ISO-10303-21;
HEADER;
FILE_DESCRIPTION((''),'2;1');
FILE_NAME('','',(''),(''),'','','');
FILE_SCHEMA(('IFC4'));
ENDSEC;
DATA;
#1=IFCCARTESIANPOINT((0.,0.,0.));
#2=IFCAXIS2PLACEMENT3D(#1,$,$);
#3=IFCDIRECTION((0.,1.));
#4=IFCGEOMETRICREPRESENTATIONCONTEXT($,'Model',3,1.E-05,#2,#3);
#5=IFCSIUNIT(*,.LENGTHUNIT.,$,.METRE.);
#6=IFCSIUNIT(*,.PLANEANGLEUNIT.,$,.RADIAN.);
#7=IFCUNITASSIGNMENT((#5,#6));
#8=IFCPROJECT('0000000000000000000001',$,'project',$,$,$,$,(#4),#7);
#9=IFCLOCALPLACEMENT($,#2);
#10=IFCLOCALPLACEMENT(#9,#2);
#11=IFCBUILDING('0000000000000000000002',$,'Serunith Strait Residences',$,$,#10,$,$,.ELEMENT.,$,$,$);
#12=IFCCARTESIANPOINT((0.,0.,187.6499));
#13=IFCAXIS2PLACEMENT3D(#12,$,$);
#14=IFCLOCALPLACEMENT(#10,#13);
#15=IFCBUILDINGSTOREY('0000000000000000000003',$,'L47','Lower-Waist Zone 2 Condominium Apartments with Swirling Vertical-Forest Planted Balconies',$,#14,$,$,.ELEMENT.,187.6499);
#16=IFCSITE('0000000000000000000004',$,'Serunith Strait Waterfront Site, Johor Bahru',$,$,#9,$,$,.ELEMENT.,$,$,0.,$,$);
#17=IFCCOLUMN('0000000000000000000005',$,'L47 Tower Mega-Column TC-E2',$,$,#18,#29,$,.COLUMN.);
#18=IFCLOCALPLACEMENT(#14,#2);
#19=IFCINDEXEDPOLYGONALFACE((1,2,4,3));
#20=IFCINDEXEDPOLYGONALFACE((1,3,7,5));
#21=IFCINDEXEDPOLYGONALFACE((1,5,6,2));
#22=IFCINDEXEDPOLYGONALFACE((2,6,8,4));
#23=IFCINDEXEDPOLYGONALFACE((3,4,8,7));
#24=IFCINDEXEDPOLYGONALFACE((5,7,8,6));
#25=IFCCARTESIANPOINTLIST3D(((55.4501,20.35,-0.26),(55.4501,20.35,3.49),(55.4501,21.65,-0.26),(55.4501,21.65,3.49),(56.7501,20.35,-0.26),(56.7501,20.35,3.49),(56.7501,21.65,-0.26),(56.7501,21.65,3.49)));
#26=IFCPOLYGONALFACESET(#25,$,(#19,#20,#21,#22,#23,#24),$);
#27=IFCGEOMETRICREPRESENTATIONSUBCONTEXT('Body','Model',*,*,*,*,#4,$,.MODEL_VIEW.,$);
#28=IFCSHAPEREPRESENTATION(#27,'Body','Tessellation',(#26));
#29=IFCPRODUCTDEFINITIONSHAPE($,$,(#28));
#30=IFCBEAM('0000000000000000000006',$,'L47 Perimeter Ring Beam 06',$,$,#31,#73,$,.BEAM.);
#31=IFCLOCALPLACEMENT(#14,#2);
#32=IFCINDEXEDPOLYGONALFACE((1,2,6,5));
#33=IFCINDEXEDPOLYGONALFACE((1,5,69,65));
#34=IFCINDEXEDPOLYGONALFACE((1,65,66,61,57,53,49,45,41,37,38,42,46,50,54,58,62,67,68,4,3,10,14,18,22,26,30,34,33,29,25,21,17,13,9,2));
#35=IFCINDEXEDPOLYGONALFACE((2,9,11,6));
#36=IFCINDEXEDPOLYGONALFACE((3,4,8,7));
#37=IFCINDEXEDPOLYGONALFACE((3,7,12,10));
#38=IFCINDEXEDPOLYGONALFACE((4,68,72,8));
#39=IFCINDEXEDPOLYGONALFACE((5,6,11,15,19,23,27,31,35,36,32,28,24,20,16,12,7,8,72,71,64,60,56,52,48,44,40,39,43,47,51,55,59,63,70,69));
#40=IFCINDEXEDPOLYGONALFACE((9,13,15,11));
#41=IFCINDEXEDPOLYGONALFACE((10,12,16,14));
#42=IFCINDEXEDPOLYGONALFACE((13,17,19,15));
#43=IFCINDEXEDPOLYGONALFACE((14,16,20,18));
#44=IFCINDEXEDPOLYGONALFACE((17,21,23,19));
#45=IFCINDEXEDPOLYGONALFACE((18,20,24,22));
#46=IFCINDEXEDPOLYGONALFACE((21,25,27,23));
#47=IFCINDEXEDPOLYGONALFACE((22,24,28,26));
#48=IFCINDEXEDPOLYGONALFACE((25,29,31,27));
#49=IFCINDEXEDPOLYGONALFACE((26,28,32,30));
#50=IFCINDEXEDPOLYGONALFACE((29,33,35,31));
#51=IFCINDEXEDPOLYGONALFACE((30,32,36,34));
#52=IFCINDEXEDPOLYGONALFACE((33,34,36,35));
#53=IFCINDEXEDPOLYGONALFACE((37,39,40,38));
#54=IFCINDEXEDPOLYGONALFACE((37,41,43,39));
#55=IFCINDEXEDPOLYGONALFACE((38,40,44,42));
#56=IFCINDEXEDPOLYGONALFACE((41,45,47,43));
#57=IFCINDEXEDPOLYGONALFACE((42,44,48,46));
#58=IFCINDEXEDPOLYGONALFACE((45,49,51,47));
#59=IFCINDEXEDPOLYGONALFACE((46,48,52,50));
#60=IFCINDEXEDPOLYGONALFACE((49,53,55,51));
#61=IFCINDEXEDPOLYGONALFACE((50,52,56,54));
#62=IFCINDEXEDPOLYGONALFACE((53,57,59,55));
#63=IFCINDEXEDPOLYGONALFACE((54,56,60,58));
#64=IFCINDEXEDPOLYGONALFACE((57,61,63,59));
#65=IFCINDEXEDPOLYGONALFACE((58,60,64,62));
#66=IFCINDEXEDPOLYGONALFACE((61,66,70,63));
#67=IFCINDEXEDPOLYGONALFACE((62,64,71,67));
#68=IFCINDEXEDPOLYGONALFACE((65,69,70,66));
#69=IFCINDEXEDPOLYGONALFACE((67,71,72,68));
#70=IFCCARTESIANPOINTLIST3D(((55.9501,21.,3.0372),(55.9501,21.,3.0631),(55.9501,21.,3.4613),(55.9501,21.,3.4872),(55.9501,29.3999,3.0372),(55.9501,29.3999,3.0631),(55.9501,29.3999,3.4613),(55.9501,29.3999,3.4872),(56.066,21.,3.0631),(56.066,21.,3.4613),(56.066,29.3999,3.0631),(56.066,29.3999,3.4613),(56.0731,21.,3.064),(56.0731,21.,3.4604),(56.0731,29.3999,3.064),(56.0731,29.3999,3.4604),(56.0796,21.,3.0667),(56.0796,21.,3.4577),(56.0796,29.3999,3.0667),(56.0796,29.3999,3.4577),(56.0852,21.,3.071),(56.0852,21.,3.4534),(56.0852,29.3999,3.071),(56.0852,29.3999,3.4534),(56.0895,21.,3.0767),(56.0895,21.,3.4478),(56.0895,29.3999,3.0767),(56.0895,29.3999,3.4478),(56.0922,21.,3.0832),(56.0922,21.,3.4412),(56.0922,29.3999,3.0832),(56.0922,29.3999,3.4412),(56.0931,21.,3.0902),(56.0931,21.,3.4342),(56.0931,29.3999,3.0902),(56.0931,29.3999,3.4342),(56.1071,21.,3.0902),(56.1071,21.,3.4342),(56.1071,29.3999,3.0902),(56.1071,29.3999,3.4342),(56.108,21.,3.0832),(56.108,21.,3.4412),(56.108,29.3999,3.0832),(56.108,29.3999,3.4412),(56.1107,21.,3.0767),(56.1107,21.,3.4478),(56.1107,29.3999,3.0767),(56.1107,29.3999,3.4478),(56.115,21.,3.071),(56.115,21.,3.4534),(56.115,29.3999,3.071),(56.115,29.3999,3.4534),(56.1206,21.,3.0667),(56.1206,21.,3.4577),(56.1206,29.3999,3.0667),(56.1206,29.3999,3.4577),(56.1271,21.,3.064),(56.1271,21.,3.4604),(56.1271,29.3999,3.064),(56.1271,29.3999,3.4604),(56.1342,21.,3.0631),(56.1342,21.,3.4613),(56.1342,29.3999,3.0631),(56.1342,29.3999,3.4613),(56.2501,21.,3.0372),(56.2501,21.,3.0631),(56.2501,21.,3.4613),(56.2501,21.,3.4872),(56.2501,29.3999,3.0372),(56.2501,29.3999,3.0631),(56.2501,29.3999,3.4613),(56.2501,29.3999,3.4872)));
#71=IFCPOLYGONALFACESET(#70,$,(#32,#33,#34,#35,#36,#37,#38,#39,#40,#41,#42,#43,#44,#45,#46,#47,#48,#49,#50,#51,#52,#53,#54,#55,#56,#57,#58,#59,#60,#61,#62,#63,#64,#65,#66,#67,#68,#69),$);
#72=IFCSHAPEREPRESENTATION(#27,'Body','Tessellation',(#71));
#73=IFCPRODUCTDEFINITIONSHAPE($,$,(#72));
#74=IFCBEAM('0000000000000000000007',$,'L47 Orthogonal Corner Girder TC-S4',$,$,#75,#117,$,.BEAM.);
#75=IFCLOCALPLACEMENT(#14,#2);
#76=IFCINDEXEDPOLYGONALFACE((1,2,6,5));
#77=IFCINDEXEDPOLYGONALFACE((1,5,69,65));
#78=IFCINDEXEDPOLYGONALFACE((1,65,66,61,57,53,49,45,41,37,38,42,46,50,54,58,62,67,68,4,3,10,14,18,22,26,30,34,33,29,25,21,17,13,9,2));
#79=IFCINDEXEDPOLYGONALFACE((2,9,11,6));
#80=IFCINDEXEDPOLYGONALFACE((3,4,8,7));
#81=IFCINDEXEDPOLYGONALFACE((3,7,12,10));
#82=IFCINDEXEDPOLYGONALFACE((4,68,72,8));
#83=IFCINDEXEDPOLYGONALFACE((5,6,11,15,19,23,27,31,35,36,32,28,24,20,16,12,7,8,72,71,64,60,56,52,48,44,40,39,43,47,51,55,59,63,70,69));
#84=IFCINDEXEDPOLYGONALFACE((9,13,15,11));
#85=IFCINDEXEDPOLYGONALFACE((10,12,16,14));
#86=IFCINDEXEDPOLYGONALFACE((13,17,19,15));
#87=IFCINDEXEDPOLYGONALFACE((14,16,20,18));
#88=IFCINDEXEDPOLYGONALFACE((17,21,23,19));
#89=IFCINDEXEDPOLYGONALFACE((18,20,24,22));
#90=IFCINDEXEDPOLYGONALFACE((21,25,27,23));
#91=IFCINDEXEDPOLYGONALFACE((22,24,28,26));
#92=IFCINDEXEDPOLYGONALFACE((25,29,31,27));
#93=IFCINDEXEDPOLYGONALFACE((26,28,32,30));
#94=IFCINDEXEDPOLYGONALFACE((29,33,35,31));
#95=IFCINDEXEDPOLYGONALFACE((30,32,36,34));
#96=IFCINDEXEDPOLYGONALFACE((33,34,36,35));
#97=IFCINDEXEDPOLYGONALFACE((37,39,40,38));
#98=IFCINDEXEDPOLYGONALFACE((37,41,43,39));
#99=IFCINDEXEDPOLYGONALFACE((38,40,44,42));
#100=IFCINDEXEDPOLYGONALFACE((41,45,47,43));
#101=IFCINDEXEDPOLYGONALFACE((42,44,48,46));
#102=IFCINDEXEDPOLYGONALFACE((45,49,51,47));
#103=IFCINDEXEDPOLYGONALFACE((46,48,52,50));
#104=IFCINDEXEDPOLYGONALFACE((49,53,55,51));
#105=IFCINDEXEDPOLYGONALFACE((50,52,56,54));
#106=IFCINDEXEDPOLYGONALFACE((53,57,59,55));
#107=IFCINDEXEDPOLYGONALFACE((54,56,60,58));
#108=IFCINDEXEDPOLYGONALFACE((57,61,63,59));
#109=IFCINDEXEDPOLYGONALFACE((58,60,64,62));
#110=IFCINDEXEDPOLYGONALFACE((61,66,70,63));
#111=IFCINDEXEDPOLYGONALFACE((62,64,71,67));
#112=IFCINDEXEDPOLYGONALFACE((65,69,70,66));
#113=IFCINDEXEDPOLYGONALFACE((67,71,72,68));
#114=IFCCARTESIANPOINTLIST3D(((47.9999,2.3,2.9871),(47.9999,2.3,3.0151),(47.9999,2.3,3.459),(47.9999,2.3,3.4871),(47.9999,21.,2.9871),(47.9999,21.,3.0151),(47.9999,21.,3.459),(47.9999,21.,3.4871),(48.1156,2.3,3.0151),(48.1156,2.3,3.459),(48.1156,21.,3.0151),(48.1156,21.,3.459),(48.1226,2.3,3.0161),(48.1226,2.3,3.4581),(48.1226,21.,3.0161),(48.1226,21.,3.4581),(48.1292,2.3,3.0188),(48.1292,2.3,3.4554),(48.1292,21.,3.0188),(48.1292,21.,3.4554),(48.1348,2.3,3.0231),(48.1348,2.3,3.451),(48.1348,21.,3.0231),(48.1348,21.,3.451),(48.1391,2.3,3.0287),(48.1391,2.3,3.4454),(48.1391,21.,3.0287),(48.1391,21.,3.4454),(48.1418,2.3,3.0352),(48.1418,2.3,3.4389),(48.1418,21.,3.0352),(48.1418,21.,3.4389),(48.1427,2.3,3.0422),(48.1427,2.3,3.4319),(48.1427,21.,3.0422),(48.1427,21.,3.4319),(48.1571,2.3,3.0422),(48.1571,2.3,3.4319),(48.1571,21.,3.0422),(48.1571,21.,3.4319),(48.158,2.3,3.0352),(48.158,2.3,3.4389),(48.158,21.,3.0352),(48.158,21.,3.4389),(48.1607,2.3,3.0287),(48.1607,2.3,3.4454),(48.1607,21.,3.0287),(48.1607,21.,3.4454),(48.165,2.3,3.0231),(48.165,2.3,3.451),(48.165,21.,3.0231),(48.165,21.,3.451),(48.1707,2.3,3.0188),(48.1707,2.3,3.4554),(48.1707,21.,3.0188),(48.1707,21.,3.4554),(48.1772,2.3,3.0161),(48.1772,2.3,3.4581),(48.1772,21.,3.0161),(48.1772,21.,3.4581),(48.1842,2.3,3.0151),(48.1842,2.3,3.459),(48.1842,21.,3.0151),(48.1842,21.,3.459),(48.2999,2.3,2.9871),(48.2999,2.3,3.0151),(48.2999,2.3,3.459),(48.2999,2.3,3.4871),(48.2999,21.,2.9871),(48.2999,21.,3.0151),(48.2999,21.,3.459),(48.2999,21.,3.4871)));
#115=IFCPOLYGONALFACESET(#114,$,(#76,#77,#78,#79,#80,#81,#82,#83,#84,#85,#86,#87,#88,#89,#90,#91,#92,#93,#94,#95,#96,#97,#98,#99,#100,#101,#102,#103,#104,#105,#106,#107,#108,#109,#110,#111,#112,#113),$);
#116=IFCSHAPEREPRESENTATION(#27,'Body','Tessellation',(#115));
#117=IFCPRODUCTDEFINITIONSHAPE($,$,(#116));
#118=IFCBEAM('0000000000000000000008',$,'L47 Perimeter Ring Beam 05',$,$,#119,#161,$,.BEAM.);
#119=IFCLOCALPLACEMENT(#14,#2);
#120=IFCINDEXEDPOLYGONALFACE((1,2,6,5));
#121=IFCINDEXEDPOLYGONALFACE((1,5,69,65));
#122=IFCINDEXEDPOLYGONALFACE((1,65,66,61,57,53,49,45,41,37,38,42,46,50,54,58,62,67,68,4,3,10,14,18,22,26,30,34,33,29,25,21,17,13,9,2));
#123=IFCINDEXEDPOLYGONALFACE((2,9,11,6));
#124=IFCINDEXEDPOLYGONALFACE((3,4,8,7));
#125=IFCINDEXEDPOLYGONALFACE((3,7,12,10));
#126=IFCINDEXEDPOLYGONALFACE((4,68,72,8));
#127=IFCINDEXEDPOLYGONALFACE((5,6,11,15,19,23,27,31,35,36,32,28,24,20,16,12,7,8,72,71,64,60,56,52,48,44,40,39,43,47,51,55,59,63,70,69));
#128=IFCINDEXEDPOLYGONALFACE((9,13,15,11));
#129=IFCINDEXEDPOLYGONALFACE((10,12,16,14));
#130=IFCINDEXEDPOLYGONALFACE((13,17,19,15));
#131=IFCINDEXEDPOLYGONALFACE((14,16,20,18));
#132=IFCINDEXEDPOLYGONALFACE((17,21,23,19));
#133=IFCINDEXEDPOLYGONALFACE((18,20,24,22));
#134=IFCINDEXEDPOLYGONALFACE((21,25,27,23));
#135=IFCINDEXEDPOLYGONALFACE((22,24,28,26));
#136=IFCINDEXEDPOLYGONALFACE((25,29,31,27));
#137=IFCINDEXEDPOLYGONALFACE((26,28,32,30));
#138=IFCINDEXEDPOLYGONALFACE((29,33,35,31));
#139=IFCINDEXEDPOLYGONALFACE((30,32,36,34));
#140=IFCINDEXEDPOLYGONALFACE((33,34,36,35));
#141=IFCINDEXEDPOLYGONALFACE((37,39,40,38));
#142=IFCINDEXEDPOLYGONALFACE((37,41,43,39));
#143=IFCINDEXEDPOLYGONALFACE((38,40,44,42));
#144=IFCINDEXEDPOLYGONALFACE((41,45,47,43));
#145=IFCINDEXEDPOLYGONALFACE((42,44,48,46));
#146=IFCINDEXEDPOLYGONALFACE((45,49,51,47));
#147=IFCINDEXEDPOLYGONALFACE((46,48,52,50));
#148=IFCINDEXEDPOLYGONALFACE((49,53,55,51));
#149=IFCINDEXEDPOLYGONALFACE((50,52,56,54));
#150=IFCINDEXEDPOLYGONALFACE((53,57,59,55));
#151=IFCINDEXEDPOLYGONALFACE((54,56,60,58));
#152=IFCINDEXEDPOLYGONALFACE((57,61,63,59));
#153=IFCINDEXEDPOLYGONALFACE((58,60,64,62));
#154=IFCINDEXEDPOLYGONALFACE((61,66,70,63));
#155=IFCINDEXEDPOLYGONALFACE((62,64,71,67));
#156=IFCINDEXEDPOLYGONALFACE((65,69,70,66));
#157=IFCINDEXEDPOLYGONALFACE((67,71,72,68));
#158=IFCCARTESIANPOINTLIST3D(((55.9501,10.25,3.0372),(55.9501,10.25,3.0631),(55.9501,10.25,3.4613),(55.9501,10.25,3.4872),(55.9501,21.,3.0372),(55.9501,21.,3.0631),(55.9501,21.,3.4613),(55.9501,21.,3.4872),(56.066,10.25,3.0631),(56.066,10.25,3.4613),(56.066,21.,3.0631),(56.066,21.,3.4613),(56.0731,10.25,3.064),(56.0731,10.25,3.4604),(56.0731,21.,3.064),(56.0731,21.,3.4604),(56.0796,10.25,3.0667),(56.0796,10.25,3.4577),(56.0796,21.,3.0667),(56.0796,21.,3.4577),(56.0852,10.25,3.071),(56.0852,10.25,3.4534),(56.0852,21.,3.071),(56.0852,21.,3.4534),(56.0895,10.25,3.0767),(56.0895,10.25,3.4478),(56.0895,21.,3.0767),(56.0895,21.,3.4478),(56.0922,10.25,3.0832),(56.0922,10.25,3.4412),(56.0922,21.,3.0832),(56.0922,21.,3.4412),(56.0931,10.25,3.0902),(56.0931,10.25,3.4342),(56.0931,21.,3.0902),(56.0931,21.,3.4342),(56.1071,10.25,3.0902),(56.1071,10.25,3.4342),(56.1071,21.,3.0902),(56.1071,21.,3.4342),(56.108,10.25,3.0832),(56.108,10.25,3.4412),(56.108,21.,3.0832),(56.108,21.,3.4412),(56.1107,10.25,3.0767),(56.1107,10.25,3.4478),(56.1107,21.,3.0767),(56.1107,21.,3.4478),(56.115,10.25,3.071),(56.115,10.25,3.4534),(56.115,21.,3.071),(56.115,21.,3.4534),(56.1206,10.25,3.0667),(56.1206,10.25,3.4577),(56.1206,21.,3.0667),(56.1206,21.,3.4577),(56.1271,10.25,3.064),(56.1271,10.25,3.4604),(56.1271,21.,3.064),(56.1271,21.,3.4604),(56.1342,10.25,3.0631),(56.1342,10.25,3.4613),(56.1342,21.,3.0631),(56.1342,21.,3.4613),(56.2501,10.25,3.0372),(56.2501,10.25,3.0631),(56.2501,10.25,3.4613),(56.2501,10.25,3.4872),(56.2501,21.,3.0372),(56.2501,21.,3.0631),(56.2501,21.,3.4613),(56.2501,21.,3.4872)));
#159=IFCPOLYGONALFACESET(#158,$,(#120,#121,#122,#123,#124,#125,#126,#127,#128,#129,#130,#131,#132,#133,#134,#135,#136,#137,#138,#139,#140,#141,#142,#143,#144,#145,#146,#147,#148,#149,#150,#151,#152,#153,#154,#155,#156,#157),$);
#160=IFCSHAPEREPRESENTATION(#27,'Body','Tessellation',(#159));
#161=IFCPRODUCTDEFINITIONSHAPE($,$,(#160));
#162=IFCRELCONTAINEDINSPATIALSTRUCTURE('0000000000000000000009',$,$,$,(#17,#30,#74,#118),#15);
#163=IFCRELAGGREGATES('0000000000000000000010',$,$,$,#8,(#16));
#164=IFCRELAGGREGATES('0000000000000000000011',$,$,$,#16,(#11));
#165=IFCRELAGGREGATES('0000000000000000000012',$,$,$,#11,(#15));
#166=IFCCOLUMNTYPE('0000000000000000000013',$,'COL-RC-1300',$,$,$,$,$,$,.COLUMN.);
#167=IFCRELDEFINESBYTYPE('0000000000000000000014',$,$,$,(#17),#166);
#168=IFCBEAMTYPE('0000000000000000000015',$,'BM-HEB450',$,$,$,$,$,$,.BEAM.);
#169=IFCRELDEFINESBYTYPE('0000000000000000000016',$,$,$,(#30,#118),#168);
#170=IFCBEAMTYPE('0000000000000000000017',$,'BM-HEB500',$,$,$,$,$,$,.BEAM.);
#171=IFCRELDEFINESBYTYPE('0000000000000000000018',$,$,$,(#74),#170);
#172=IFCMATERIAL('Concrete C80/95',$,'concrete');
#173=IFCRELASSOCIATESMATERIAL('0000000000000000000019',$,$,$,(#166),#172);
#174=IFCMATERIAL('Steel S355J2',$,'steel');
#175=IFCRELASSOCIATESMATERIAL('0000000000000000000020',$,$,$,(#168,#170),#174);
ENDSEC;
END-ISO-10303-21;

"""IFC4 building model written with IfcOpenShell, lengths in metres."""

from ifc_helpers import new_model, si_unit, direction, frame, origin, origin_2d, place, context, subcontext, project, spatial, rectangle, i_section, extrude, source, transform, mapped, material, material_profile, profile_set, type_object, element, save


model = new_model("IFC4")

# Units and contexts
model_context = context("Model", 3, precision=1e-05, world=origin(), true_north=direction((0.0, 1.0)))
body_context = subcontext(model_context, "Body", "Model", "MODEL_VIEW")
ifc_project = project(units=[si_unit("LENGTHUNIT", "METRE"), si_unit("PLANEANGLEUNIT", "RADIAN")], contexts=[model_context])

# Site, building, storey
site_placement = place(None, origin())
site = spatial("IfcSite", under=ifc_project, at=site_placement, Name="Serunith Strait Waterfront Site, Johor Bahru", CompositionType="ELEMENT", RefElevation=0.0)
building_placement = place(site_placement, origin())
building = spatial("IfcBuilding", under=site, at=building_placement, Name="Serunith Strait Residences", CompositionType="ELEMENT")
storey_placement = place(building_placement, frame((0.0, 0.0, 187.6499)))
storey = spatial("IfcBuildingStorey", under=building, at=storey_placement, Name="L47", Description="Lower-Waist Zone 2 Condominium Apartments with Swirling Vertical-Forest Planted Balconies", CompositionType="ELEMENT", Elevation=187.6499)

# Column
ifc_material_1 = material(Name="Concrete C80/95", Category="concrete")
ifc_material_profile_1 = material_profile(ifc_material_1, rectangle(XDim=1.3, YDim=1.3, at=origin_2d()), Name="RC 1300x1300")
ifc_profile_set_1 = profile_set([ifc_material_profile_1], Name="Concrete C80/95")
column_type = type_object("IfcColumnType", Name="COL-RC-1300", PredefinedType="COLUMN", material=ifc_profile_set_1)
shared_shape_1 = source(origin(), body_context, "Body", "SweptSolid", [
    extrude(rectangle(XDim=1.3, YDim=1.3, at=origin_2d()), origin(), (0.0, 0.0, 1.0), 3.75),
])
column_placement = place(storey_placement, frame((56.1001, 21.0, -0.26), z_axis=(0.0, 0.0, 1.0), x_axis=(1.0, 0.0, 0.0)))
element("IfcColumn", 1, at=column_placement, inside=storey, type_object=column_type, Name="L47 Tower Mega-Column TC-E2", PredefinedType="COLUMN", context=body_context, shape_type="MappedRepresentation", body=[
    mapped(shared_shape_1, transform((0.0, 0.0, 0.0), scale=1.0)),
])

# Beams
ifc_material_2 = material(Name="Steel S355J2", Category="steel")
ifc_material_profile_2 = material_profile(ifc_material_2, i_section(OverallWidth=0.3, OverallDepth=0.45, WebThickness=0.0139, FlangeThickness=0.0259, FilletRadius=0.0271, at=origin_2d()), Name="HEB 450")
ifc_profile_set_2 = profile_set([ifc_material_profile_2], Name="Steel S355J2")
beam_type_1 = type_object("IfcBeamType", Name="BM-HEB450", PredefinedType="BEAM", material=ifc_profile_set_2)
shared_shape_2 = source(origin(), body_context, "Body", "SweptSolid", [
    extrude(i_section(OverallWidth=0.3, OverallDepth=0.45, WebThickness=0.0139, FlangeThickness=0.0259, FilletRadius=0.0271, at=origin_2d()), origin(), (0.0, 0.0, 1.0), 8.3999),
])
beam_1_placement = place(storey_placement, frame((56.1001, 21.0, 3.2622), z_axis=(0.0, 1.0, 0.0), x_axis=(-1.0, 0.0, 0.0)))
element("IfcBeam", 2, at=beam_1_placement, inside=storey, type_object=beam_type_1, Name="L47 Perimeter Ring Beam 06", PredefinedType="BEAM", context=body_context, shape_type="MappedRepresentation", body=[
    mapped(shared_shape_2, transform((0.0, 0.0, 0.0), scale=1.0)),
])
ifc_material_profile_3 = material_profile(ifc_material_2, i_section(OverallWidth=0.3, OverallDepth=0.5, WebThickness=0.0144, FlangeThickness=0.0281, FilletRadius=0.0271, at=origin_2d()), Name="HEB 500")
ifc_profile_set_3 = profile_set([ifc_material_profile_3], Name="Steel S355J2")
beam_type_2 = type_object("IfcBeamType", Name="BM-HEB500", PredefinedType="BEAM", material=ifc_profile_set_3)
shared_shape_3 = source(origin(), body_context, "Body", "SweptSolid", [
    extrude(i_section(OverallWidth=0.3, OverallDepth=0.5, WebThickness=0.0144, FlangeThickness=0.0281, FilletRadius=0.0271, at=origin_2d()), origin(), (0.0, 0.0, 1.0), 18.7),
])
beam_2_placement = place(storey_placement, frame((48.1499, 21.0, 3.2371), z_axis=(0.0, -1.0, 0.0), x_axis=(1.0, 0.0, 0.0)))
element("IfcBeam", 3, at=beam_2_placement, inside=storey, type_object=beam_type_2, Name="L47 Orthogonal Corner Girder TC-S4", PredefinedType="BEAM", context=body_context, shape_type="MappedRepresentation", body=[
    mapped(shared_shape_3, transform((0.0, 0.0, 0.0), scale=1.0)),
])
shared_shape_4 = source(origin(), body_context, "Body", "SweptSolid", [
    extrude(i_section(OverallWidth=0.3, OverallDepth=0.45, WebThickness=0.0139, FlangeThickness=0.0259, FilletRadius=0.0271, at=origin_2d()), origin(), (0.0, 0.0, 1.0), 10.75),
])
beam_3_placement = place(storey_placement, frame((56.1001, 10.25, 3.2622), z_axis=(0.0, 1.0, 0.0), x_axis=(-1.0, 0.0, 0.0)))
element("IfcBeam", 4, at=beam_3_placement, inside=storey, type_object=beam_type_1, Name="L47 Perimeter Ring Beam 05", PredefinedType="BEAM", context=body_context, shape_type="MappedRepresentation", body=[
    mapped(shared_shape_4, transform((0.0, 0.0, 0.0), scale=1.0)),
])

save(model, "model.ifc")
